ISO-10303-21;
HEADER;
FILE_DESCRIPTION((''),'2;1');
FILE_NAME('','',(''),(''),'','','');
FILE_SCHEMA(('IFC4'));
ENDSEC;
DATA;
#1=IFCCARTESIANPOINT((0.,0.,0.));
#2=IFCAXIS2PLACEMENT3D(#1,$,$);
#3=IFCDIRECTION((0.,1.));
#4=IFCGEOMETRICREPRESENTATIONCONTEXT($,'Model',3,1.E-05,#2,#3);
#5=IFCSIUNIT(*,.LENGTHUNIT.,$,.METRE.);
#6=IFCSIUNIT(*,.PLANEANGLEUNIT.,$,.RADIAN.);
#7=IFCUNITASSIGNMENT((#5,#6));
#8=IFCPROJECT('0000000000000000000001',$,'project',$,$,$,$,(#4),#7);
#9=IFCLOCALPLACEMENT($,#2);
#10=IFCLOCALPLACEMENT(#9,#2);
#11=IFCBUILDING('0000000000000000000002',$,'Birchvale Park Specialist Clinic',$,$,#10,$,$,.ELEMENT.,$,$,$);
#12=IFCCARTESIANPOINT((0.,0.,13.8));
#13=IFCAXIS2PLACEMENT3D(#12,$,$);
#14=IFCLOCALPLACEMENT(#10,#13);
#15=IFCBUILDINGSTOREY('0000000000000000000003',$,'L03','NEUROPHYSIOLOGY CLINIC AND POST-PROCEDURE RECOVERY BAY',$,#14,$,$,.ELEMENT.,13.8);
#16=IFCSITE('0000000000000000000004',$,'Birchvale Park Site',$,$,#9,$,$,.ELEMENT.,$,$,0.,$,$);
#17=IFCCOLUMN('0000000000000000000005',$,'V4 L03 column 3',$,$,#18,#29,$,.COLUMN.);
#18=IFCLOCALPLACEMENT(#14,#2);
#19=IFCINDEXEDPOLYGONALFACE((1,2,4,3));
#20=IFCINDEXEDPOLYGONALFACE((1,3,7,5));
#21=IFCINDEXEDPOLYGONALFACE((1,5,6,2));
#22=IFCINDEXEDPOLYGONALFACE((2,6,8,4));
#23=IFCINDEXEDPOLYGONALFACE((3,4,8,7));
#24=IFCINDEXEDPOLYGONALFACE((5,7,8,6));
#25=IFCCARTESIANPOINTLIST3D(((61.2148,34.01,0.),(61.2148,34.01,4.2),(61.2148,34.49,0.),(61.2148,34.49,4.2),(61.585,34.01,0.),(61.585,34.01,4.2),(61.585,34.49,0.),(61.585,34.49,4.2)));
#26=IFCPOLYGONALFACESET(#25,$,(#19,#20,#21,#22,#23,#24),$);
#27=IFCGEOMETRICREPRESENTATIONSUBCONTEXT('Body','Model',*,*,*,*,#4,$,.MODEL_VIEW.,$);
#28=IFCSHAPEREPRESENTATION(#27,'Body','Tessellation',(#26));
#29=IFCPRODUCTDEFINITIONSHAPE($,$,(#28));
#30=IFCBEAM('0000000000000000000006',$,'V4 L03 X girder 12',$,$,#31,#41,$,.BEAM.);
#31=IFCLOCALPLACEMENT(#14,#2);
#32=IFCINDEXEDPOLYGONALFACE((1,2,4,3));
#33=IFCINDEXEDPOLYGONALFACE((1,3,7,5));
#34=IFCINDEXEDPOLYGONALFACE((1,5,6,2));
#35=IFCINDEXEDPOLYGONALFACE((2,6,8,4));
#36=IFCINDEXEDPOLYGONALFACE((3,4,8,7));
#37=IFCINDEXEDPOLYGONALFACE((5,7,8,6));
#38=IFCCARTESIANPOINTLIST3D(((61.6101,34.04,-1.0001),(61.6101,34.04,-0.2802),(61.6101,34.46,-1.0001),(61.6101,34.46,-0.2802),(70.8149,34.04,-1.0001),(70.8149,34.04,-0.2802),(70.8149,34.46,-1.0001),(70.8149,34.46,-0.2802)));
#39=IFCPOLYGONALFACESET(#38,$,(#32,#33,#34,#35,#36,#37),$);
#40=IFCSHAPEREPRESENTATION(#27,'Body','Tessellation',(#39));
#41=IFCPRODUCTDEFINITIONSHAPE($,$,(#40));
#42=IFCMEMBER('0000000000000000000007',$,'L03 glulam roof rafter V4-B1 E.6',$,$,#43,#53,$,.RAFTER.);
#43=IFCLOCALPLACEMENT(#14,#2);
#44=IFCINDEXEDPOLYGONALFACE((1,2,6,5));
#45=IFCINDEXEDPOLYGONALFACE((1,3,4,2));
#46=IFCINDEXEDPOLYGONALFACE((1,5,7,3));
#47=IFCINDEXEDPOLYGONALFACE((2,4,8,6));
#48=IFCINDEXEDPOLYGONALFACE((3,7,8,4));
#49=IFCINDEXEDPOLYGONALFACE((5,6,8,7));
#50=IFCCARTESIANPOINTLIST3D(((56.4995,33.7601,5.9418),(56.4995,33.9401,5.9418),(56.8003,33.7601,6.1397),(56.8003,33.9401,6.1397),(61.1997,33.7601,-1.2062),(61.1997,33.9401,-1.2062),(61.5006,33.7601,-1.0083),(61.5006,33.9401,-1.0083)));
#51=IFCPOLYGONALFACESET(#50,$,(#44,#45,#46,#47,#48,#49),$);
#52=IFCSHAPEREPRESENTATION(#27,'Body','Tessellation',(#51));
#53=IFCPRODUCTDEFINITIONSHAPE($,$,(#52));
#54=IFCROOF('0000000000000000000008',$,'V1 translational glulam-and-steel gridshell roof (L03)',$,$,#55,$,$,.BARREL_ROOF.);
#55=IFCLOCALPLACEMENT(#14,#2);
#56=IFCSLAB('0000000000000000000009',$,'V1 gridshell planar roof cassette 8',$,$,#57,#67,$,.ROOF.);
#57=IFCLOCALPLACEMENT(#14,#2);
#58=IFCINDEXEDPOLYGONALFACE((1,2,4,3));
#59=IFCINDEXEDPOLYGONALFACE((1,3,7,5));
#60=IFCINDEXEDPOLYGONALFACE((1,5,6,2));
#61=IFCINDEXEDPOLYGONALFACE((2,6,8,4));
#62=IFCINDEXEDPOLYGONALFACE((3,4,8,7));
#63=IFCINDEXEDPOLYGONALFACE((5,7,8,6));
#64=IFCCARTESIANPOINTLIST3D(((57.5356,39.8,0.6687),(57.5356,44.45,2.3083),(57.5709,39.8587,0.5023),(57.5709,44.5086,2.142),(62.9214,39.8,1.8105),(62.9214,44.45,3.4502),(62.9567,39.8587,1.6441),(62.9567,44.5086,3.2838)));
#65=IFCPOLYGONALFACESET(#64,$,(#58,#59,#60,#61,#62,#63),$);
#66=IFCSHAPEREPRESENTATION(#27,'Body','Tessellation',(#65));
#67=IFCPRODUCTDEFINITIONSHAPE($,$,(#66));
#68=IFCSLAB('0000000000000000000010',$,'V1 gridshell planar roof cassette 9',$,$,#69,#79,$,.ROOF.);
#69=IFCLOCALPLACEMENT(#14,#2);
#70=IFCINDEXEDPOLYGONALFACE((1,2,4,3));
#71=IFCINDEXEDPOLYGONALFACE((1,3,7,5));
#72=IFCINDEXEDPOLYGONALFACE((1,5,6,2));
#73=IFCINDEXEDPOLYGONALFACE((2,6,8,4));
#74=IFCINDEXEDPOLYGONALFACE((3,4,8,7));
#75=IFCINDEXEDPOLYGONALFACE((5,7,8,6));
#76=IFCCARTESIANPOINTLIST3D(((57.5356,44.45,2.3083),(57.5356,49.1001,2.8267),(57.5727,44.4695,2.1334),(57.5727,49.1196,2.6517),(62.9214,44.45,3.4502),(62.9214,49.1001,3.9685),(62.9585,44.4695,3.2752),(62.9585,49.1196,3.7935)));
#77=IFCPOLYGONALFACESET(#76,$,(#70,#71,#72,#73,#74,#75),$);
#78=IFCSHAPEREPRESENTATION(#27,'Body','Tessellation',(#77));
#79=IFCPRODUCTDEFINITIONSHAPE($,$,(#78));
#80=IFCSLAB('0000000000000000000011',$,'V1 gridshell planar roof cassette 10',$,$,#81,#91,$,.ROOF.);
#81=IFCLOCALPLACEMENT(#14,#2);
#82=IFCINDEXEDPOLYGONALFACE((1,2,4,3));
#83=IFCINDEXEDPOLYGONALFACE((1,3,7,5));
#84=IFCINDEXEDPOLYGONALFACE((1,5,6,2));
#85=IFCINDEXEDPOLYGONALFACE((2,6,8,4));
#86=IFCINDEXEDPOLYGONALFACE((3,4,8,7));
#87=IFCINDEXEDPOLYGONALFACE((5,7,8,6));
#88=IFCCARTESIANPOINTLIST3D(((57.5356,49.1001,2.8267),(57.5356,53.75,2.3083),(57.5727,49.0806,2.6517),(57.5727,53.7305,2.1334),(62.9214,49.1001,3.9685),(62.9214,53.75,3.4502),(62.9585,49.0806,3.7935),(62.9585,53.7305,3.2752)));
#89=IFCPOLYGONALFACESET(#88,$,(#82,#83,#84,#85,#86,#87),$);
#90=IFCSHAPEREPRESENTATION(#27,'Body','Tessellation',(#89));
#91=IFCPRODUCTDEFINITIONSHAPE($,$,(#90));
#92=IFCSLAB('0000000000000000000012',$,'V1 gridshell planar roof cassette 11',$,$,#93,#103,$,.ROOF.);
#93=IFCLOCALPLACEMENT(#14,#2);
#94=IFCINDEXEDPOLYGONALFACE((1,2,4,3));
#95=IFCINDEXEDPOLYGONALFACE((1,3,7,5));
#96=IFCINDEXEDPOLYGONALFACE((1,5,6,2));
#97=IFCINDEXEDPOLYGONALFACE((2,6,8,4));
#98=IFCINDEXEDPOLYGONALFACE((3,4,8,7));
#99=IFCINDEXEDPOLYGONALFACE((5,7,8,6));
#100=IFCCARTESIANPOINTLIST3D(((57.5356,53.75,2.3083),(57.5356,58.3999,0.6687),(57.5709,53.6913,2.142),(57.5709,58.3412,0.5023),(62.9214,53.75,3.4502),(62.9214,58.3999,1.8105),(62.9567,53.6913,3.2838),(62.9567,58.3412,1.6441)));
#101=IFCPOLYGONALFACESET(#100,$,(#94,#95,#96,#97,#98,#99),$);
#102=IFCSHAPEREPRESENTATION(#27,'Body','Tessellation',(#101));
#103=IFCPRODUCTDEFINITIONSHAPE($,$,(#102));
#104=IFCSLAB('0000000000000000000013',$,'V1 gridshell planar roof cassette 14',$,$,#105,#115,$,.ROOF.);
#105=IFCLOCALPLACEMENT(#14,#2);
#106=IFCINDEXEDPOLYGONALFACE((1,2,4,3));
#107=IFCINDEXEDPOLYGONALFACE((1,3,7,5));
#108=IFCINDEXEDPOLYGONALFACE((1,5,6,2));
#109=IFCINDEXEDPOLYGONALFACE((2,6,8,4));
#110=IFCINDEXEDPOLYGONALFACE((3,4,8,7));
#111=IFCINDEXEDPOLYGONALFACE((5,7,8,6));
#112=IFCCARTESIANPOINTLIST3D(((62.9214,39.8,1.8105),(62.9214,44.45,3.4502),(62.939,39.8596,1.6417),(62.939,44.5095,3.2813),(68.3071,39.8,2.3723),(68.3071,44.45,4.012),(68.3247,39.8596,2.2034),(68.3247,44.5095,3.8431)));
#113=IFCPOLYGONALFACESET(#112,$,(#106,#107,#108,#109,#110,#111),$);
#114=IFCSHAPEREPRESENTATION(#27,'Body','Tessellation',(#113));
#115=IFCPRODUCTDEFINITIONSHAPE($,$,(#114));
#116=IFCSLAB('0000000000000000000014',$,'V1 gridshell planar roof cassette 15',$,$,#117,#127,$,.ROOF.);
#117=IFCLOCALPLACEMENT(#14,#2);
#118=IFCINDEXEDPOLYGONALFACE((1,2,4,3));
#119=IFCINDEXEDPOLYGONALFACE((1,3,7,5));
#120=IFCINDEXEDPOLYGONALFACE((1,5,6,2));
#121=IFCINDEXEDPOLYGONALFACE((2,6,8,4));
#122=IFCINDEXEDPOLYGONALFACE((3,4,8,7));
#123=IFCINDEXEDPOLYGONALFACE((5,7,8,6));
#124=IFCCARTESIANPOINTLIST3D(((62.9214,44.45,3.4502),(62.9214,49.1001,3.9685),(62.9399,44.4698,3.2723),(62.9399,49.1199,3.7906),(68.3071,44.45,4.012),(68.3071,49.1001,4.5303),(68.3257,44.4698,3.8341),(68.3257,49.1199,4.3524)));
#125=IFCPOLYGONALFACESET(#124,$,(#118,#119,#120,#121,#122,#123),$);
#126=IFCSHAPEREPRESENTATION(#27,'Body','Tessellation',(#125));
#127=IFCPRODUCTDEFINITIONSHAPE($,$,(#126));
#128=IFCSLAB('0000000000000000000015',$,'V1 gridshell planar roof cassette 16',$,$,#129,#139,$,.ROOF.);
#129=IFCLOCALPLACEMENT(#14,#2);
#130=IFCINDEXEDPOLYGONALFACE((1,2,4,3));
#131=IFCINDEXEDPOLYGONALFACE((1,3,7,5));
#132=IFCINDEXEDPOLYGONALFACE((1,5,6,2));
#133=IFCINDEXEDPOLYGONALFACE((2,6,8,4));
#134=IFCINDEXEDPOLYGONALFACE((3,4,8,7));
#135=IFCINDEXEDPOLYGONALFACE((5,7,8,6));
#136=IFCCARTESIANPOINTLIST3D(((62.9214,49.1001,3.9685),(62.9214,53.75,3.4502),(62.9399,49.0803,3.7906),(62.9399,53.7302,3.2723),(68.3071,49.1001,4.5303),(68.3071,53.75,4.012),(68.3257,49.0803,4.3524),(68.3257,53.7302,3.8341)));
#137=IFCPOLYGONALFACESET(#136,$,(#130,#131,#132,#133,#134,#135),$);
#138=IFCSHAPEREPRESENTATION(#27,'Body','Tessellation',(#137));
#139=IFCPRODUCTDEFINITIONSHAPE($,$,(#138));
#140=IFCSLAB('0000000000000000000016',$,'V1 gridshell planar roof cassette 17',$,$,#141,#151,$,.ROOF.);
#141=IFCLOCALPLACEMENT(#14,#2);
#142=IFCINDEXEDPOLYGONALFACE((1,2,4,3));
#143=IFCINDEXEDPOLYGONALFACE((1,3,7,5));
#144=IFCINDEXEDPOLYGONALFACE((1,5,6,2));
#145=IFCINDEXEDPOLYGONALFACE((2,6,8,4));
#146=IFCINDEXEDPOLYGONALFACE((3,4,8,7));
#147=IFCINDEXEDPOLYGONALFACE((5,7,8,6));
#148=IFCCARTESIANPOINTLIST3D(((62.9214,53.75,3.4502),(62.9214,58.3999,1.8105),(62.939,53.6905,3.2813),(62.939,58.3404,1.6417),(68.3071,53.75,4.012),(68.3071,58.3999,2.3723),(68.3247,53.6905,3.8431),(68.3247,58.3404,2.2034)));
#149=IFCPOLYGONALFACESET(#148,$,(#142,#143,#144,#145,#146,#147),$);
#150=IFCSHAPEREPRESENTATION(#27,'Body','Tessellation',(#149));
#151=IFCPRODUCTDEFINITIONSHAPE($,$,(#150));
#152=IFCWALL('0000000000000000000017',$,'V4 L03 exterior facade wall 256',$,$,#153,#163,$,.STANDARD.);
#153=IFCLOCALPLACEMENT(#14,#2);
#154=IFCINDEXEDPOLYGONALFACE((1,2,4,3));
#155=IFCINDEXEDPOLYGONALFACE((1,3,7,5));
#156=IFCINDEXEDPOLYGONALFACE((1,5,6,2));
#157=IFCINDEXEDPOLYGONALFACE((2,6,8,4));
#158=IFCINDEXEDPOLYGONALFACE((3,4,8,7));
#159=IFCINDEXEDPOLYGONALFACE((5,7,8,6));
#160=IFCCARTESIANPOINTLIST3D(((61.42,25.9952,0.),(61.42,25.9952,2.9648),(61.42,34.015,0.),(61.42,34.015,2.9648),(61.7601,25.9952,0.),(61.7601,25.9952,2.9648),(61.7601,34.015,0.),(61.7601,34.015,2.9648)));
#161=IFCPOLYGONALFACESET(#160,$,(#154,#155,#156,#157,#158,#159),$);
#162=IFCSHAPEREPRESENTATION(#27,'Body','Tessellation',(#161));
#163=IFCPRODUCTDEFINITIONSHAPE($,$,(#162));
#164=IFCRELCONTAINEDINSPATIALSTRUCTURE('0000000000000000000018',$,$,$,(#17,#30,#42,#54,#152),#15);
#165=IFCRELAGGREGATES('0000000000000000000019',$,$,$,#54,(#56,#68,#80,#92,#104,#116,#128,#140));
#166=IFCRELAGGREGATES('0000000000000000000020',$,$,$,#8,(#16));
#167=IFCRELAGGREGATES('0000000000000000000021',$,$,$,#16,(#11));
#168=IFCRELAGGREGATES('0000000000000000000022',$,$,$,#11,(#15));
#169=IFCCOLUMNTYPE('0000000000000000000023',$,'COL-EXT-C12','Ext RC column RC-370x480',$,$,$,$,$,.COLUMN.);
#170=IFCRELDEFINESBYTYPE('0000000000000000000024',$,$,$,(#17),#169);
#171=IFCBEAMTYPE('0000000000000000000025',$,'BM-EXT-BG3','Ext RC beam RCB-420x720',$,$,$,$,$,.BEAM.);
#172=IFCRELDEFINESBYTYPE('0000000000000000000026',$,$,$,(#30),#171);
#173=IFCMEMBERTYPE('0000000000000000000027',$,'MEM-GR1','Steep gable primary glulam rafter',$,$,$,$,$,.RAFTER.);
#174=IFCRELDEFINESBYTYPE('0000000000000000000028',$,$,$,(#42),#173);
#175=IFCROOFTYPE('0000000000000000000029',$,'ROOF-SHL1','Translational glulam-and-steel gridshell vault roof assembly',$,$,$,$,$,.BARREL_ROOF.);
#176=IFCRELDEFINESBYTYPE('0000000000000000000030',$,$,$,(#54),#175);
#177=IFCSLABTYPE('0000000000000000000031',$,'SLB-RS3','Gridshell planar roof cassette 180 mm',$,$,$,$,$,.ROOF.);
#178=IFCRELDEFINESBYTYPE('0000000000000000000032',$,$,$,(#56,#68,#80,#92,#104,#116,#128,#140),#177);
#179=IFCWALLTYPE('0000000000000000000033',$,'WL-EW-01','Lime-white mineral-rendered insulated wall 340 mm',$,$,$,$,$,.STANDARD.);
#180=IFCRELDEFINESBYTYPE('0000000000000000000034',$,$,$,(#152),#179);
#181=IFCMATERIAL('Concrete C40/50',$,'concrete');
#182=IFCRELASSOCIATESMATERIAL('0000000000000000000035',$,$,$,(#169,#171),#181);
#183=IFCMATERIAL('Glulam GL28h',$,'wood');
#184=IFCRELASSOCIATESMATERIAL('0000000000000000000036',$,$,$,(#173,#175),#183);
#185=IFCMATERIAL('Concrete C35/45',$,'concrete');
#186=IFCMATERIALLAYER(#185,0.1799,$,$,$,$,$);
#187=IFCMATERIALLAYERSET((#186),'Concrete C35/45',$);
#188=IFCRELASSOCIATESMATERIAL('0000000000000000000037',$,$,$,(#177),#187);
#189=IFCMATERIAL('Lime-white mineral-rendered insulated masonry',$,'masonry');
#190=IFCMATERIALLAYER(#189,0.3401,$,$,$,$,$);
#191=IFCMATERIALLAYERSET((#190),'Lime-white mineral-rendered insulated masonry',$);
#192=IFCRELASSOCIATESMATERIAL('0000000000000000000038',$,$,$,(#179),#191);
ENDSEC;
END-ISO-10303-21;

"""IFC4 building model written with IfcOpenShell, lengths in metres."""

from ifc_helpers import new_model, si_unit, direction, frame, frame_2d, origin, origin_2d, place, context, subcontext, project, spatial, polyline, rectangle, outline, extrude, material, layer, layer_set, material_profile, profile_set, type_object, element, aggregate, save


model = new_model("IFC4")

# Units and contexts
model_context = context("Model", 3, precision=1e-05, world=origin(), true_north=direction((0.0, 1.0)))
body_context = subcontext(model_context, "Body", "Model", "MODEL_VIEW")
ifc_project = project(units=[si_unit("LENGTHUNIT", "METRE"), si_unit("PLANEANGLEUNIT", "RADIAN")], contexts=[model_context])

# Site, building, storey
site_placement = place(None, origin())
site = spatial("IfcSite", under=ifc_project, at=site_placement, Name="Birchvale Park Site", CompositionType="ELEMENT", RefElevation=0.0)
building_placement = place(site_placement, origin())
building = spatial("IfcBuilding", under=site, at=building_placement, Name="Birchvale Park Specialist Clinic", CompositionType="ELEMENT")
storey_placement = place(building_placement, frame((0.0, 0.0, 13.8)))
storey = spatial("IfcBuildingStorey", under=building, at=storey_placement, Name="L03", Description="NEUROPHYSIOLOGY CLINIC AND POST-PROCEDURE RECOVERY BAY", CompositionType="ELEMENT", Elevation=13.8)

# Column
ifc_material_1 = material(Name="Concrete C40/50", Category="concrete")
ifc_material_profile_1 = material_profile(ifc_material_1, rectangle(XDim=0.3701, YDim=0.48, at=origin_2d()), Name="RC-370x480")
ifc_profile_set_1 = profile_set([ifc_material_profile_1], Name="Concrete C40/50")
column_type = type_object("IfcColumnType", Name="COL-EXT-C12", Description="Ext RC column RC-370x480", PredefinedType="COLUMN", material=ifc_profile_set_1)
column_placement = place(storey_placement, frame((61.3999, 34.25, 0.0), z_axis=(0.0, 0.0, 1.0), x_axis=(1.0, 0.0, 0.0)))
element("IfcColumn", 1, at=column_placement, inside=storey, type_object=column_type, Name="V4 L03 column 3", PredefinedType="COLUMN", context=body_context, shape_type="SweptSolid", body=[
    extrude(rectangle(XDim=0.3701, YDim=0.48, at=origin_2d()), origin(), (0.0, 0.0, 1.0), 4.2),
])

# Beam
ifc_material_profile_2 = material_profile(ifc_material_1, rectangle(XDim=0.4199, YDim=0.72, at=origin_2d()), Name="RCB-420x720")
ifc_profile_set_2 = profile_set([ifc_material_profile_2], Name="Concrete C40/50")
beam_type = type_object("IfcBeamType", Name="BM-EXT-BG3", Description="Ext RC beam RCB-420x720", PredefinedType="BEAM", material=ifc_profile_set_2)
beam_placement = place(storey_placement, frame((61.6101, 34.25, -0.6401), z_axis=(1.0, 0.0, 0.0), x_axis=(0.0, 1.0, 0.0)))
element("IfcBeam", 2, at=beam_placement, inside=storey, type_object=beam_type, Name="V4 L03 X girder 12", PredefinedType="BEAM", context=body_context, shape_type="SweptSolid", body=[
    extrude(rectangle(XDim=0.4199, YDim=0.72, at=origin_2d()), origin(), (0.0, 0.0, 1.0), 9.2048),
])

# Member
ifc_material_2 = material(Name="Glulam GL28h", Category="wood")
ifc_material_profile_3 = material_profile(ifc_material_2, rectangle(XDim=0.1799, YDim=0.3601, at=origin_2d()), Name="GL-180x360")
ifc_profile_set_3 = profile_set([ifc_material_profile_3], Name="Glulam GL28h")
member_type = type_object("IfcMemberType", Name="MEM-GR1", Description="Steep gable primary glulam rafter", PredefinedType="RAFTER", material=ifc_profile_set_3)
member_placement = place(storey_placement, frame((56.6499, 33.8501, 6.0408), z_axis=(0.54942, 0.0, -0.835546), x_axis=(0.0, 1.0, 0.0)))
element("IfcMember", 3, at=member_placement, inside=storey, type_object=member_type, Name="L03 glulam roof rafter V4-B1 E.6", PredefinedType="RAFTER", context=body_context, shape_type="SweptSolid", body=[
    extrude(rectangle(XDim=0.1799, YDim=0.3601, at=origin_2d()), origin(), (0.0, 0.0, 1.0), 8.5549),
])

# Roof, slabs
roof_type = type_object("IfcRoofType", Name="ROOF-SHL1", Description="Translational glulam-and-steel gridshell vault roof assembly", PredefinedType="BARREL_ROOF", material=ifc_material_2)
roof_placement = place(storey_placement, origin())
roof = element("IfcRoof", 4, at=roof_placement, inside=storey, type_object=roof_type, Name="V1 translational glulam-and-steel gridshell roof (L03)", PredefinedType="BARREL_ROOF")
ifc_material_3 = material(Name="Concrete C35/45", Category="concrete")
ifc_layer_1 = layer(ifc_material_3, 0.1799)
ifc_layer_set_1 = layer_set([ifc_layer_1], Name="Concrete C35/45")
slab_type = type_object("IfcSlabType", Name="SLB-RS3", Description="Gridshell planar roof cassette 180 mm", PredefinedType="ROOF", material=ifc_layer_set_1)
slab_1_placement = place(storey_placement, frame((57.5356, 39.8, 0.6687), z_axis=(-0.196065, -0.326096, 0.924781), x_axis=(0.978256, 0.0, 0.207403)))
slab_1 = element("IfcSlab", 5, at=slab_1_placement, type_object=slab_type, Name="V1 gridshell planar roof cassette 8", PredefinedType="ROOF", context=body_context, shape_type="SweptSolid", body=[
    extrude(outline(polyline([(0.0, 0.0), (5.5055, 0.0), (5.8455, 4.9188), (0.3401, 4.9188), (0.0, 0.0)])), origin(), (0.0, 0.0, -1.0), 0.1799),
])
slab_2_placement = place(storey_placement, frame((57.5356, 44.45, 2.3083), z_axis=(-0.206181, -0.108395, 0.972492), x_axis=(0.978256, 0.0, 0.207403)))
slab_2 = element("IfcSlab", 6, at=slab_2_placement, type_object=slab_type, Name="V1 gridshell planar roof cassette 9", PredefinedType="ROOF", context=body_context, shape_type="SweptSolid", body=[
    extrude(outline(polyline([(0.0, 0.0), (5.5055, 0.0), (5.613, 4.6777), (0.1075, 4.6777), (0.0, 0.0)])), origin(), (0.0, 0.0, -1.0), 0.1799),
])
slab_3_placement = place(storey_placement, frame((57.5356, 49.1001, 2.8267), z_axis=(-0.20618, 0.108401, 0.972491), x_axis=(0.978256, 0.0, 0.207403)))
slab_3 = element("IfcSlab", 7, at=slab_3_placement, type_object=slab_type, Name="V1 gridshell planar roof cassette 10", PredefinedType="ROOF", context=body_context, shape_type="SweptSolid", body=[
    extrude(outline(polyline([(0.0, 0.0), (5.5055, 0.0), (5.398, 4.6775), (-0.1075, 4.6775), (0.0, 0.0)])), origin(), (0.0, 0.0, -1.0), 0.1799),
])
slab_4_placement = place(storey_placement, frame((57.5356, 53.75, 2.3083), z_axis=(-0.196065, 0.326096, 0.924781), x_axis=(0.978256, 0.0, 0.207403)))
slab_4 = element("IfcSlab", 8, at=slab_4_placement, type_object=slab_type, Name="V1 gridshell planar roof cassette 11", PredefinedType="ROOF", context=body_context, shape_type="SweptSolid", body=[
    extrude(outline(polyline([(0.0, 0.0), (5.5055, 0.0), (5.1654, 4.9188), (-0.3401, 4.9188), (0.0, 0.0)])), origin(), (0.0, 0.0, -1.0), 0.1799),
])
slab_5_placement = place(storey_placement, frame((62.9214, 39.8, 1.8105), z_axis=(-0.097897, -0.330953, 0.938555), x_axis=(0.994604, 0.0, 0.103744)))
slab_5 = element("IfcSlab", 9, at=slab_5_placement, type_object=slab_type, Name="V1 gridshell planar roof cassette 14", PredefinedType="ROOF", context=body_context, shape_type="SweptSolid", body=[
    extrude(outline(polyline([(0.0, 0.0), (5.415, 0.0), (5.5851, 4.9276), (0.1701, 4.9276), (0.0, 0.0)])), origin(), (0.0, 0.0, -1.0), 0.1799),
])
slab_6_placement = place(storey_placement, frame((62.9214, 44.45, 3.4502), z_axis=(-0.103112, -0.110185, 0.988548), x_axis=(0.994604, 0.0, 0.103744)))
slab_6 = element("IfcSlab", 10, at=slab_6_placement, type_object=slab_type, Name="V1 gridshell planar roof cassette 15", PredefinedType="ROOF", context=body_context, shape_type="SweptSolid", body=[
    extrude(outline(polyline([(0.0, 0.0), (5.415, 0.0), (5.4687, 4.6786), (0.0538, 4.6786), (0.0, 0.0)])), origin(), (0.0, 0.0, -1.0), 0.1799),
])
slab_7_placement = place(storey_placement, frame((62.9214, 49.1001, 3.9685), z_axis=(-0.103112, 0.11019, 0.988547), x_axis=(0.994604, 0.0, 0.103744)))
slab_7 = element("IfcSlab", 11, at=slab_7_placement, type_object=slab_type, Name="V1 gridshell planar roof cassette 16", PredefinedType="ROOF", context=body_context, shape_type="SweptSolid", body=[
    extrude(outline(polyline([(0.0, 0.0), (5.415, 0.0), (5.3612, 4.6784), (-0.0538, 4.6784), (0.0, 0.0)])), origin(), (0.0, 0.0, -1.0), 0.1799),
])
slab_8_placement = place(storey_placement, frame((62.9214, 53.75, 3.4502), z_axis=(-0.097897, 0.330953, 0.938555), x_axis=(0.994604, 0.0, 0.103744)))
slab_8 = element("IfcSlab", 12, at=slab_8_placement, type_object=slab_type, Name="V1 gridshell planar roof cassette 17", PredefinedType="ROOF", context=body_context, shape_type="SweptSolid", body=[
    extrude(outline(polyline([(0.0, 0.0), (5.415, 0.0), (5.2449, 4.9276), (-0.1701, 4.9276), (0.0, 0.0)])), origin(), (0.0, 0.0, -1.0), 0.1799),
])
aggregate(roof, [slab_1, slab_2, slab_3, slab_4, slab_5, slab_6, slab_7, slab_8])

# Wall
ifc_material_4 = material(Name="Lime-white mineral-rendered insulated masonry", Category="masonry")
ifc_layer_2 = layer(ifc_material_4, 0.3401)
ifc_layer_set_2 = layer_set([ifc_layer_2], Name="Lime-white mineral-rendered insulated masonry")
wall_type = type_object("IfcWallType", Name="WL-EW-01", Description="Lime-white mineral-rendered insulated wall 340 mm", PredefinedType="STANDARD", material=ifc_layer_set_2)
wall_placement = place(storey_placement, frame((61.5901, 34.0149, 0.0), z_axis=(0.0, 0.0, 1.0), x_axis=(0.0, -1.0, 0.0)))
element("IfcWall", 13, at=wall_placement, inside=storey, type_object=wall_type, Name="V4 L03 exterior facade wall 256", PredefinedType="STANDARD", context=body_context, shape_type="SweptSolid", body=[
    extrude(rectangle(XDim=8.0198, YDim=0.3401, at=frame_2d((4.0098, 0.0))), origin(), (0.0, 0.0, 1.0), 2.9648),
])

save(model, "model.ifc")
